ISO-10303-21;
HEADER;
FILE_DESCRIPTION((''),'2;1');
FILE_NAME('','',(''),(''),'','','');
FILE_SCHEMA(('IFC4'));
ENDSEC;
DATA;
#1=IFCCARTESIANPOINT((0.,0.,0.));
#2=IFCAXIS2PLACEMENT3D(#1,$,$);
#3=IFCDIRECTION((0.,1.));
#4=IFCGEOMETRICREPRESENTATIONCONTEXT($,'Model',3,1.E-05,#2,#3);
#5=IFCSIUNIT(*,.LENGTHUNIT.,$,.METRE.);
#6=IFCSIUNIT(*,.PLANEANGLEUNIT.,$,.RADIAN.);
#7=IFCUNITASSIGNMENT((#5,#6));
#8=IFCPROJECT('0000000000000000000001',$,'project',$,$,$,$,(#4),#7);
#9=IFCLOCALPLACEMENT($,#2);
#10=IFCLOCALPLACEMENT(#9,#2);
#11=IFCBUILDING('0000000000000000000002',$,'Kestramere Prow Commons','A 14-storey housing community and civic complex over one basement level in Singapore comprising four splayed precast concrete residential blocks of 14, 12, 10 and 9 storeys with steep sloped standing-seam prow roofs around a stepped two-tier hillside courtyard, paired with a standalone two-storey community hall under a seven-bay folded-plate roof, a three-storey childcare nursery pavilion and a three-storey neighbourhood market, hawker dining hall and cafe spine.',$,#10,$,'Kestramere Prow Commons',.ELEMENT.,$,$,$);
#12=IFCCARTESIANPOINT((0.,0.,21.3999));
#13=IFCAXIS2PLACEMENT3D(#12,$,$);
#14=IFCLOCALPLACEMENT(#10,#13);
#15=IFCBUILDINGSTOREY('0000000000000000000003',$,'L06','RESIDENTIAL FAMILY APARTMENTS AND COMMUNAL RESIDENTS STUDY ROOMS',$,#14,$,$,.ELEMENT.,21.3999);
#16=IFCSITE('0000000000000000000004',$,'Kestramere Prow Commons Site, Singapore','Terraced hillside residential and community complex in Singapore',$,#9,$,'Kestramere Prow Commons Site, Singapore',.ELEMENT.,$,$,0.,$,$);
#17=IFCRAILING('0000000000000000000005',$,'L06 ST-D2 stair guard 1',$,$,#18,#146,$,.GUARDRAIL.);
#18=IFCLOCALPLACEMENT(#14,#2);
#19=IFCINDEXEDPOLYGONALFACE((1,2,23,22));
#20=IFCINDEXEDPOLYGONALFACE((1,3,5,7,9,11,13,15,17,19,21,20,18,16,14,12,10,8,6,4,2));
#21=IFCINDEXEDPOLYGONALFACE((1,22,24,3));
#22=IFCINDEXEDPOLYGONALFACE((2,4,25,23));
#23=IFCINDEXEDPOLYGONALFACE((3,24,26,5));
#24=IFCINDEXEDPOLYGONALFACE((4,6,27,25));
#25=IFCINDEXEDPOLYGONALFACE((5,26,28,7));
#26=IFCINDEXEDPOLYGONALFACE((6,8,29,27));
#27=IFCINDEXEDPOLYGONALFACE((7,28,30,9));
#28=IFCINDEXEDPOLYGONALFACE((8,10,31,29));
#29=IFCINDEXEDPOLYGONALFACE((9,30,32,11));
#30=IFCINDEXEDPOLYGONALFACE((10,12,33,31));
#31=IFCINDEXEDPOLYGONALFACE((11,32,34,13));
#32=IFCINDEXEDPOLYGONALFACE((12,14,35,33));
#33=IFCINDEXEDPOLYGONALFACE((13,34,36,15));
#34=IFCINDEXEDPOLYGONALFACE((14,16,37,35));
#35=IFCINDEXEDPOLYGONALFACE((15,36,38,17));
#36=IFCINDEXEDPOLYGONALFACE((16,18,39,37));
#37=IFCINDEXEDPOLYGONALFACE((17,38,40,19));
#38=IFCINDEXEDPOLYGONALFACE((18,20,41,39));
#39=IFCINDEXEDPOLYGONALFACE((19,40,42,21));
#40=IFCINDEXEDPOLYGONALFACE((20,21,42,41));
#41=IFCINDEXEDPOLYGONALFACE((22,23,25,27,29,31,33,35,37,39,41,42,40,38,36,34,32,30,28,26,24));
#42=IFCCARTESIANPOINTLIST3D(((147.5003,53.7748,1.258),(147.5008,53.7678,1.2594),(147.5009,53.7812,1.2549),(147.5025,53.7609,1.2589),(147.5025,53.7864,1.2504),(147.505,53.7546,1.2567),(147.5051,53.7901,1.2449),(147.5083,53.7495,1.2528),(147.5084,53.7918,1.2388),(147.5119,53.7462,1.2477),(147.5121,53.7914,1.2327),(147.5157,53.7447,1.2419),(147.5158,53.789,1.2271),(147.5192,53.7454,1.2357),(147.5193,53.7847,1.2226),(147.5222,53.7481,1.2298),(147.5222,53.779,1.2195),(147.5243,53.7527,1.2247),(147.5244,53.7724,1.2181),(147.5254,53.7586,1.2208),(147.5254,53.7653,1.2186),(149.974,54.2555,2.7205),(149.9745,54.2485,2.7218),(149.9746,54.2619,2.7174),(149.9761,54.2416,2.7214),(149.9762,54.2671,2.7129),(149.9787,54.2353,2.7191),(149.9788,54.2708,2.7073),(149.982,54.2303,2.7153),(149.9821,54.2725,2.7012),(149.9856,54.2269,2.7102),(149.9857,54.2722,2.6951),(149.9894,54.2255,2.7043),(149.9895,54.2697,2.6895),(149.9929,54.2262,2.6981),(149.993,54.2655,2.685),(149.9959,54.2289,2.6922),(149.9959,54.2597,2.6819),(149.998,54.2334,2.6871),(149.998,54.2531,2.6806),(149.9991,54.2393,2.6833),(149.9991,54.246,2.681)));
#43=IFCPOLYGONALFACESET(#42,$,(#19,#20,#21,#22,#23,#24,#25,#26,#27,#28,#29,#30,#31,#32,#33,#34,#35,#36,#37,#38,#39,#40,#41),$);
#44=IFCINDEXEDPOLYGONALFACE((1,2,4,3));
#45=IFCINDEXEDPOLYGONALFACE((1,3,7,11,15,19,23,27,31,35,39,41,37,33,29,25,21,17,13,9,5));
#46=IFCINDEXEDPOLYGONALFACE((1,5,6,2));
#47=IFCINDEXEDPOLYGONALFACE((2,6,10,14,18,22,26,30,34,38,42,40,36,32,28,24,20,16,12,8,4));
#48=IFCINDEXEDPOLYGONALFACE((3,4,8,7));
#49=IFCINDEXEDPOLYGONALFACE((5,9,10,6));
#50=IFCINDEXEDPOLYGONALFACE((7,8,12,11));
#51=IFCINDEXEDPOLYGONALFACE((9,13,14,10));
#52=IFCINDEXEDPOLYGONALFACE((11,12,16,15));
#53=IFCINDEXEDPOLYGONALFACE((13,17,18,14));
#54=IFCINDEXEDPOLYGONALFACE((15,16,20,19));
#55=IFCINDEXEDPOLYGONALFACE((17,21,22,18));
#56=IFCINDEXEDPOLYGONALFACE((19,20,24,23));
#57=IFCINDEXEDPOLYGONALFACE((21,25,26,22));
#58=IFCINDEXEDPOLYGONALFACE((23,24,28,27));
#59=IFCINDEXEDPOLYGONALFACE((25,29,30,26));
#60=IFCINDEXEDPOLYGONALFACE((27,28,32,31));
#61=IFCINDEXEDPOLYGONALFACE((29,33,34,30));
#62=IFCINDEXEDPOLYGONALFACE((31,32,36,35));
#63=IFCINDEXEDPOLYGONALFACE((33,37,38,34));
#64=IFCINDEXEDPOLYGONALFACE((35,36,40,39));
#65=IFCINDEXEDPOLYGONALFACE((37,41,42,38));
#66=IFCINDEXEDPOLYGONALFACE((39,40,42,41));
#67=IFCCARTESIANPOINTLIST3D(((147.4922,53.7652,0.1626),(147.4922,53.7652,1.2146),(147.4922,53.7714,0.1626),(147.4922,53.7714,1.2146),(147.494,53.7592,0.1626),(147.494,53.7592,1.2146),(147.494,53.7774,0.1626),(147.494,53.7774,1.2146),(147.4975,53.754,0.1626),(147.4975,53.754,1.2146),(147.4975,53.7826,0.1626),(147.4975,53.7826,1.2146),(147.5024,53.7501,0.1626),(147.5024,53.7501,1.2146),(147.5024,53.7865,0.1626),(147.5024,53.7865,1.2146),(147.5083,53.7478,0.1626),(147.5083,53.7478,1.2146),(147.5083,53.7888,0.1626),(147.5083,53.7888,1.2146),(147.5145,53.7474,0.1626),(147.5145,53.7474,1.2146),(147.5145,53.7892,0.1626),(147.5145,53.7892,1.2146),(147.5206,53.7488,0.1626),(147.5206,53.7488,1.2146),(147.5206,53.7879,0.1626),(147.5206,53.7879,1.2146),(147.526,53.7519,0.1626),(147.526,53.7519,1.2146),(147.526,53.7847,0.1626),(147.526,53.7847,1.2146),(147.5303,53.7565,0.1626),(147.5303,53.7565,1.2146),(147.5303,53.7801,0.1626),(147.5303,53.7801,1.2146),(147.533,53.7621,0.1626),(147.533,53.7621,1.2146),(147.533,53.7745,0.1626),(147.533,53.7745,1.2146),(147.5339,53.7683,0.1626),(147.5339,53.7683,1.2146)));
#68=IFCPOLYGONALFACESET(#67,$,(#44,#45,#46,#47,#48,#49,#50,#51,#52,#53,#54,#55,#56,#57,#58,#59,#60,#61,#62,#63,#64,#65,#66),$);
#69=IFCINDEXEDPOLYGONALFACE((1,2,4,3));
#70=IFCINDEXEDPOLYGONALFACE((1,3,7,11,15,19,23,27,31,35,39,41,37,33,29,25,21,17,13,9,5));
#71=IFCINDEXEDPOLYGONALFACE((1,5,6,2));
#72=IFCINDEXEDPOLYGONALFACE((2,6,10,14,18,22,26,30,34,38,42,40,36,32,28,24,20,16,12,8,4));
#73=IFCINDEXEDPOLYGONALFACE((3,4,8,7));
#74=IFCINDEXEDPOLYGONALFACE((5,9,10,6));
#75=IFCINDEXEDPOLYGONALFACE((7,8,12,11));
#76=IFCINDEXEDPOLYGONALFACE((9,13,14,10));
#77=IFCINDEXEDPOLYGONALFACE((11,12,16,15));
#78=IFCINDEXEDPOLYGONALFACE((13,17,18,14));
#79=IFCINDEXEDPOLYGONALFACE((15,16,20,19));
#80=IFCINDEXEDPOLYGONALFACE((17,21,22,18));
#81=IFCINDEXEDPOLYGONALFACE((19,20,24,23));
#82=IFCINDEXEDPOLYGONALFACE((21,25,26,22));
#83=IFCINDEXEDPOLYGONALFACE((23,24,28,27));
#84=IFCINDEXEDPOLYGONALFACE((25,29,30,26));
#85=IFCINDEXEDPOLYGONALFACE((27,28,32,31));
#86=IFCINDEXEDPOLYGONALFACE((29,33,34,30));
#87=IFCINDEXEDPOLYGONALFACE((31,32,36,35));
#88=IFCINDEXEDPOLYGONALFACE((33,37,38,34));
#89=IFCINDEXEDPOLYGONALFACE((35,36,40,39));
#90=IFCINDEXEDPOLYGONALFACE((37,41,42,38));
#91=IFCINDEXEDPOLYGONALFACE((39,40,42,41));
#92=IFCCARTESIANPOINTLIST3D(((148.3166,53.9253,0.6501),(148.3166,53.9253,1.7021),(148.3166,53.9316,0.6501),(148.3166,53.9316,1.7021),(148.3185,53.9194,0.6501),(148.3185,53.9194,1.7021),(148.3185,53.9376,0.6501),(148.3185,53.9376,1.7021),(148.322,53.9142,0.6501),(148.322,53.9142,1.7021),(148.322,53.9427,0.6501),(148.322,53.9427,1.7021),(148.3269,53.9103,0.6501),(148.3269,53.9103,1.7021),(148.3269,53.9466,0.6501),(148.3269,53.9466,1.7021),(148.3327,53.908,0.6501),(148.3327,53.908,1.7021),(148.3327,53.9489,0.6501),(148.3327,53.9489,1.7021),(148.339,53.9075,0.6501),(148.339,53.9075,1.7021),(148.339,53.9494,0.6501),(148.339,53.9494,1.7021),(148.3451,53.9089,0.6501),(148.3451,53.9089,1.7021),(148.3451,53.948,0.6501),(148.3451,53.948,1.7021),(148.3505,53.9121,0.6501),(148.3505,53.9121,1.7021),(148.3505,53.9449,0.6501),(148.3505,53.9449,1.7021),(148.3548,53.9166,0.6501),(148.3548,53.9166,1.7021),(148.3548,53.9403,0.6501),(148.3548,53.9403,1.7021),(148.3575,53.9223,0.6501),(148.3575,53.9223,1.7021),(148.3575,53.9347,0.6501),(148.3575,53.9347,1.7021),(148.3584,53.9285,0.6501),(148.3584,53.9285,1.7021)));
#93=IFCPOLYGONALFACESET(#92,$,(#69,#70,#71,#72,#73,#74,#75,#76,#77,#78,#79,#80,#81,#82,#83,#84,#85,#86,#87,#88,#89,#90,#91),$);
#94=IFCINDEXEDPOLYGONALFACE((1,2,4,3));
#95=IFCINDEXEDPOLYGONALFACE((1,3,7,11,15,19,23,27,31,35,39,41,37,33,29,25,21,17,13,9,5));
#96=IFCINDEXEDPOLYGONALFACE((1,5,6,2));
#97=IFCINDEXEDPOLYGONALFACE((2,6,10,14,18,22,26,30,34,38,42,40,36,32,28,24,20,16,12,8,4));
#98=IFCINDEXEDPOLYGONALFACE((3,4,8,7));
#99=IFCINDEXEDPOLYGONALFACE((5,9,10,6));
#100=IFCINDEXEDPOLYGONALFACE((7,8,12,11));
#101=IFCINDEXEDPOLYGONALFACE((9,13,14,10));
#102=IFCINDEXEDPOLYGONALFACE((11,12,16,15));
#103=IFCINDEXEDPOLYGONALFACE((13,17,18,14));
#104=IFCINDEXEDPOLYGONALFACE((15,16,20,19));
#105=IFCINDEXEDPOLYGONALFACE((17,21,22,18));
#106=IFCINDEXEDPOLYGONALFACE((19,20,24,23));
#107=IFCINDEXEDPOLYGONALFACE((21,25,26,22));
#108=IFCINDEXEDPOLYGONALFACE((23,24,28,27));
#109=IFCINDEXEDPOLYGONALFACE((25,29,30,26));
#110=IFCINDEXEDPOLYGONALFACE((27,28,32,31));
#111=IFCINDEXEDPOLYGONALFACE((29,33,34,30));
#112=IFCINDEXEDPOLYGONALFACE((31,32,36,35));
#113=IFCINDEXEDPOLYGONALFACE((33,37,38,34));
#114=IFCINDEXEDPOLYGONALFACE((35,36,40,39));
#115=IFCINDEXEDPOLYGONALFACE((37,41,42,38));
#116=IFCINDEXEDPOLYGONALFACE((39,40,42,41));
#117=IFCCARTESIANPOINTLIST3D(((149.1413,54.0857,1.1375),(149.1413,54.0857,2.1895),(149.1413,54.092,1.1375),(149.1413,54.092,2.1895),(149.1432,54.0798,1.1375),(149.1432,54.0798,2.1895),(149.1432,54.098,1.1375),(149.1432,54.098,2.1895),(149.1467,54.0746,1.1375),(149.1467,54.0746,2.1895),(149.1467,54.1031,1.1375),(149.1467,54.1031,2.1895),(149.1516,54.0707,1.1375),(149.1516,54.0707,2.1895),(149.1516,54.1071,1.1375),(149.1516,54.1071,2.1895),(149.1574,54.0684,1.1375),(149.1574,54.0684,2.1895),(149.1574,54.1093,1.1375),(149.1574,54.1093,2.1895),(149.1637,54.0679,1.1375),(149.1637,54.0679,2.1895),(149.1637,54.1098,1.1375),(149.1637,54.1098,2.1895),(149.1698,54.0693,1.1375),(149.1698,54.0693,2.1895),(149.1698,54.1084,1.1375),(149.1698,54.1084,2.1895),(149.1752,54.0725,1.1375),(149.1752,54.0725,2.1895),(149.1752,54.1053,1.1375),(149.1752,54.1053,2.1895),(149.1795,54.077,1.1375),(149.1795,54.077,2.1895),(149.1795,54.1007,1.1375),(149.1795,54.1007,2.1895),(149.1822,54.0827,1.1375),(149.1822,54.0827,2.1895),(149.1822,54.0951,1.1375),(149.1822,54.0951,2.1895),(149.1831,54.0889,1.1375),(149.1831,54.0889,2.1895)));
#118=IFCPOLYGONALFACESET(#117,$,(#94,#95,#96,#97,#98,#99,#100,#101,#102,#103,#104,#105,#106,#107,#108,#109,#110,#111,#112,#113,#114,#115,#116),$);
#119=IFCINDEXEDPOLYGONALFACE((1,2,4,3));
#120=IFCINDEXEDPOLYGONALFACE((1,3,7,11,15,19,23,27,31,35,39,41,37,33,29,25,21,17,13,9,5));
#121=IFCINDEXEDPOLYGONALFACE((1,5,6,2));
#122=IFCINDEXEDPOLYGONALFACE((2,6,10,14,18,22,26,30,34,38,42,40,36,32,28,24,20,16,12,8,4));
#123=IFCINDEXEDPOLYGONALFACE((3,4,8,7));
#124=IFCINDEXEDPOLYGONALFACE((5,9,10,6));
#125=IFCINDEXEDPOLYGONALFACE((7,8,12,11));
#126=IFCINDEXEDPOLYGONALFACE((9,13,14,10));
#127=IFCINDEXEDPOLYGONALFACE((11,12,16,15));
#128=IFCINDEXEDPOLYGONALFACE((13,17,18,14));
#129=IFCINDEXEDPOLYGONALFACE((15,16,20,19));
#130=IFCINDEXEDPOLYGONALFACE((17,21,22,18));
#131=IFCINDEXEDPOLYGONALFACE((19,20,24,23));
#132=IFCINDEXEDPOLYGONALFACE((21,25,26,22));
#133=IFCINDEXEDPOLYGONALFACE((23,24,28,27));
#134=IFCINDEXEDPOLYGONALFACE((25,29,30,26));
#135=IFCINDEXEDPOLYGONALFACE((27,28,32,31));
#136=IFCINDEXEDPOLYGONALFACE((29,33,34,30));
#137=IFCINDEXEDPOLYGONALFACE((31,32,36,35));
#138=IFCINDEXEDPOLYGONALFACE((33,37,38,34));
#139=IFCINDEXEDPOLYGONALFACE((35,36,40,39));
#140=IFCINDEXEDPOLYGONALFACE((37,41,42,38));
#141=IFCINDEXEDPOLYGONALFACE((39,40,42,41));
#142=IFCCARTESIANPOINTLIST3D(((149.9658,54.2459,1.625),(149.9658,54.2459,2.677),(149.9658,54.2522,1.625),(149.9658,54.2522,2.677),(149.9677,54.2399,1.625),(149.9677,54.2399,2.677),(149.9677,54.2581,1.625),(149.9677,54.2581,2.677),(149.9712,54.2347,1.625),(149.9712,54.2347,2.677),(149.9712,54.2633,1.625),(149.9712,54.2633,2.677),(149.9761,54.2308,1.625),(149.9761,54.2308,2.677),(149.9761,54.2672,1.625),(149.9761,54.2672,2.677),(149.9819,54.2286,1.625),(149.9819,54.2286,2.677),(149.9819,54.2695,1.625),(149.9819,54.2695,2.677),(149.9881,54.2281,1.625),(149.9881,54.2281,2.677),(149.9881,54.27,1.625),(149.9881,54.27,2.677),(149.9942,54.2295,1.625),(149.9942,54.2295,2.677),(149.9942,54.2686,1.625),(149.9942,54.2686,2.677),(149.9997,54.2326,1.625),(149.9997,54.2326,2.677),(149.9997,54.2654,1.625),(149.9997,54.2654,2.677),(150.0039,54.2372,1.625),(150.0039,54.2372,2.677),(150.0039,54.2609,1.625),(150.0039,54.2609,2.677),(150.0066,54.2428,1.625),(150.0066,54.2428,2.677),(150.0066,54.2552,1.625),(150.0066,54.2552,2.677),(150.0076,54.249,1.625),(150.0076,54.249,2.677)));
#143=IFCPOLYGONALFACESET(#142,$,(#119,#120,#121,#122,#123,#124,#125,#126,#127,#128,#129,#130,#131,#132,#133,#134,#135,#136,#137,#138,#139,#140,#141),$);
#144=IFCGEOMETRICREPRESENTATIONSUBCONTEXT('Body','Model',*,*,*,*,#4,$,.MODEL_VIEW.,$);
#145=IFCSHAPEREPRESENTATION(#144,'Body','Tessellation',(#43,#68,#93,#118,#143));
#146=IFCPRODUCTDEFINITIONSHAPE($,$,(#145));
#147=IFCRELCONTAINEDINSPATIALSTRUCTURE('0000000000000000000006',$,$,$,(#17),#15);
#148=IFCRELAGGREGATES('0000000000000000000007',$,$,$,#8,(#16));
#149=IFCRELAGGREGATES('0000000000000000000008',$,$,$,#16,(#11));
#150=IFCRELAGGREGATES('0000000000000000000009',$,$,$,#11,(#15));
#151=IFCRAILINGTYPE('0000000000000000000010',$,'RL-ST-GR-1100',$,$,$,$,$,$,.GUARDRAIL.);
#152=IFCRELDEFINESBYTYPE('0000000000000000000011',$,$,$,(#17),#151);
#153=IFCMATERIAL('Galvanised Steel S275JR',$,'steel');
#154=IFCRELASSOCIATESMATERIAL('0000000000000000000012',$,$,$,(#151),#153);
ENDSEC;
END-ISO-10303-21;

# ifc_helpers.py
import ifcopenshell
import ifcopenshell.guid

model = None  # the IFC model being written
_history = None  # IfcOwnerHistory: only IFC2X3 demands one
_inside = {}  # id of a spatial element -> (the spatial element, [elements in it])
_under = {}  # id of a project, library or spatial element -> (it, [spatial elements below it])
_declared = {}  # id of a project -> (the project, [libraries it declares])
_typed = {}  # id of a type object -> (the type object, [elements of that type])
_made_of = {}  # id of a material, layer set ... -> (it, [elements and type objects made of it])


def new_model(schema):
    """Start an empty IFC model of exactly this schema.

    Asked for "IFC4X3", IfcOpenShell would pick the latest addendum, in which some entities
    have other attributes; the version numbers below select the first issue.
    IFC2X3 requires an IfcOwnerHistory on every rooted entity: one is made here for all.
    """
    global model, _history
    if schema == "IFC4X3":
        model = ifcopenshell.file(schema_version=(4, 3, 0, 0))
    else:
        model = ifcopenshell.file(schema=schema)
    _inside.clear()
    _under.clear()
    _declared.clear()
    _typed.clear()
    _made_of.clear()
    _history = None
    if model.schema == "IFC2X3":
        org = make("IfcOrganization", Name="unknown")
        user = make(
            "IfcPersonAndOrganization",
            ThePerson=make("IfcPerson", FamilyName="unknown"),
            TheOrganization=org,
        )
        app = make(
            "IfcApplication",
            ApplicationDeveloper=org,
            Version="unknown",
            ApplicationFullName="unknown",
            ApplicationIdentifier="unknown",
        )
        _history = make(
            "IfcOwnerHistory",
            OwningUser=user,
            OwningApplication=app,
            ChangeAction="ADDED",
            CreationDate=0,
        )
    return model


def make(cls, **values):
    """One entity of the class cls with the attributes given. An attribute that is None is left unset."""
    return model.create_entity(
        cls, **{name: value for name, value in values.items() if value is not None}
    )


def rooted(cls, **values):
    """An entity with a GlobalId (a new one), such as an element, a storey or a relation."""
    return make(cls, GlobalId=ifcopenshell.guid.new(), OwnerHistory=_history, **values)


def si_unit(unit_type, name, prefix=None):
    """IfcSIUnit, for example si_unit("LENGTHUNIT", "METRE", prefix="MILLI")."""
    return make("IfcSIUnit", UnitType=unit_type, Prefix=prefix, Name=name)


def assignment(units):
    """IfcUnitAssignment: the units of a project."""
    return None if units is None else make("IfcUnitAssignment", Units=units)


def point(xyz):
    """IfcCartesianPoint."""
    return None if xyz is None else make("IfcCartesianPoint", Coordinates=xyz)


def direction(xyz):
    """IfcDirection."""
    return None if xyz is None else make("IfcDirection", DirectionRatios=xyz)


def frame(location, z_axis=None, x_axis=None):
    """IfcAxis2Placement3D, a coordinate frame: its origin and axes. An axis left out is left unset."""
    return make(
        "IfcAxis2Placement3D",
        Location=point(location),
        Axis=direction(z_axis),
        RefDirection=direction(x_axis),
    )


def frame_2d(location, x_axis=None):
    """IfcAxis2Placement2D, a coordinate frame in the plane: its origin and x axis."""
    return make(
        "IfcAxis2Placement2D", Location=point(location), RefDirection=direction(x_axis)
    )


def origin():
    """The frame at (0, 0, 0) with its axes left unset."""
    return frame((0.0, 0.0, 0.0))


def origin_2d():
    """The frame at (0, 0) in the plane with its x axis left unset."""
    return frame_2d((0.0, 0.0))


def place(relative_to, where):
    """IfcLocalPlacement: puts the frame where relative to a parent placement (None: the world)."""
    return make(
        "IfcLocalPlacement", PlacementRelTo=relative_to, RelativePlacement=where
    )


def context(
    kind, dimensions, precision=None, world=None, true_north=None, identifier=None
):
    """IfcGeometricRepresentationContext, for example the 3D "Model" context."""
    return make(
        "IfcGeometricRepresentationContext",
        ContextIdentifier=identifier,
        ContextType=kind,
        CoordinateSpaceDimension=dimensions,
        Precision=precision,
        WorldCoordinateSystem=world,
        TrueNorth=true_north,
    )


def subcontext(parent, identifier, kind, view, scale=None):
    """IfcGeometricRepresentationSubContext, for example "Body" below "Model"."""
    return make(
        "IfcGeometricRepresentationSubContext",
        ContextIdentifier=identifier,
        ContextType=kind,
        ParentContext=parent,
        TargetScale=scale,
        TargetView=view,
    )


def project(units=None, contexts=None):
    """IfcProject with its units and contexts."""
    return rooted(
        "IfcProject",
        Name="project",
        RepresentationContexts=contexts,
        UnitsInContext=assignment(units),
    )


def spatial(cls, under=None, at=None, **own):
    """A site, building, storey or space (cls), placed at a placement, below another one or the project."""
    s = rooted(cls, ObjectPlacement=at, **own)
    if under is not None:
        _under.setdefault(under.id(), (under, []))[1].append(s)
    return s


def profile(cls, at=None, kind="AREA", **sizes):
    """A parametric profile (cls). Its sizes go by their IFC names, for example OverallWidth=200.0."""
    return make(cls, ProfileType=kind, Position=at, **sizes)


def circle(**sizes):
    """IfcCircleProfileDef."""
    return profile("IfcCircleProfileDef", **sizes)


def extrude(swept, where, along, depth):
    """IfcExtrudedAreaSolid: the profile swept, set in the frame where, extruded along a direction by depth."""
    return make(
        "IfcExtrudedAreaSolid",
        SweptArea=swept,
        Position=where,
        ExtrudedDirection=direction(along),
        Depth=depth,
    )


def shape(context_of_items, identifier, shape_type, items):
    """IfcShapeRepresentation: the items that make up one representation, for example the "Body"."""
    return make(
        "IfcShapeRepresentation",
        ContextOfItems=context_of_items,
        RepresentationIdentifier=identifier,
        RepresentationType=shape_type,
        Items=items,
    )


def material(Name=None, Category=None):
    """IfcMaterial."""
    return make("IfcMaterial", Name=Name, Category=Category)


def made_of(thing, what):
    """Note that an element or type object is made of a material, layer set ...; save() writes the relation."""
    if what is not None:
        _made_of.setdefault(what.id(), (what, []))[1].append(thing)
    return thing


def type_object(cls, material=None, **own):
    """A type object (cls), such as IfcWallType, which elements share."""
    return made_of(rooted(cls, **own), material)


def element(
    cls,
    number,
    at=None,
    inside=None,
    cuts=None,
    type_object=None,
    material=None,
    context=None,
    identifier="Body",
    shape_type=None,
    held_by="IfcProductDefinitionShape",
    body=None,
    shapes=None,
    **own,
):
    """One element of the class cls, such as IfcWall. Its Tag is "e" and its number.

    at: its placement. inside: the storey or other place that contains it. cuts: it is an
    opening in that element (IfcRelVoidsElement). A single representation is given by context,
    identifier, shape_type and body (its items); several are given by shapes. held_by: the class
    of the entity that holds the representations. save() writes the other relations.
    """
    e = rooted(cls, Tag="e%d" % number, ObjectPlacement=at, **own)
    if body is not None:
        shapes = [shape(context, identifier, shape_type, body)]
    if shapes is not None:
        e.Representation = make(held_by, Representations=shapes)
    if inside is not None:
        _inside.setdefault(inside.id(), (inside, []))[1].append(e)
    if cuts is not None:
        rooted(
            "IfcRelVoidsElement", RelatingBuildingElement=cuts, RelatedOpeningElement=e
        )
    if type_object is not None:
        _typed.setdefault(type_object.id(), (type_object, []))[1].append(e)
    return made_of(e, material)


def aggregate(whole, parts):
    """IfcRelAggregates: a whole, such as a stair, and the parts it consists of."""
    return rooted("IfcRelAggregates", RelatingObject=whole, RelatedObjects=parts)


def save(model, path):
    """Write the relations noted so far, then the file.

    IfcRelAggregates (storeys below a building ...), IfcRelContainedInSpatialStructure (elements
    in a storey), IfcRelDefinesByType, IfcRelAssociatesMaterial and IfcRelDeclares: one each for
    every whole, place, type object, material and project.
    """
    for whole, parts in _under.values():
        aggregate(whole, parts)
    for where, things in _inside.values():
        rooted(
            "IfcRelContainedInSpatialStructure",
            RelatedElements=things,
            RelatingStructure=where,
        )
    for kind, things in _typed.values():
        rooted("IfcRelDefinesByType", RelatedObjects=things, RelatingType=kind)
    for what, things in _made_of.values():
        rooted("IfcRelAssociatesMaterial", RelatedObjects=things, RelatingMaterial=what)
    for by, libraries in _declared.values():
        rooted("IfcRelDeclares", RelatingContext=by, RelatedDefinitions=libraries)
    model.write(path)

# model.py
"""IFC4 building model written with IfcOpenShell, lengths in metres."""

from ifc_helpers import new_model, si_unit, direction, frame, origin, origin_2d, place, context, subcontext, project, spatial, circle, extrude, material, type_object, element, save


model = new_model("IFC4")

# Units and contexts
model_context = context("Model", 3, precision=1e-05, world=origin(), true_north=direction((0.0, 1.0)))
body_context = subcontext(model_context, "Body", "Model", "MODEL_VIEW")
ifc_project = project(units=[si_unit("LENGTHUNIT", "METRE"), si_unit("PLANEANGLEUNIT", "RADIAN")], contexts=[model_context])

# Site, building, storey
site_placement = place(None, origin())
site = spatial("IfcSite", under=ifc_project, at=site_placement, Name="Kestramere Prow Commons Site, Singapore", Description="Terraced hillside residential and community complex in Singapore", LongName="Kestramere Prow Commons Site, Singapore", CompositionType="ELEMENT", RefElevation=0.0)
building_placement = place(site_placement, origin())
building = spatial("IfcBuilding", under=site, at=building_placement, Name="Kestramere Prow Commons", Description="A 14-storey housing community and civic complex over one basement level in Singapore comprising four splayed precast concrete residential blocks of 14, 12, 10 and 9 storeys with steep sloped standing-seam prow roofs around a stepped two-tier hillside courtyard, paired with a standalone two-storey community hall under a seven-bay folded-plate roof, a three-storey childcare nursery pavilion and a three-storey neighbourhood market, hawker dining hall and cafe spine.", LongName="Kestramere Prow Commons", CompositionType="ELEMENT")
storey_placement = place(building_placement, frame((0.0, 0.0, 21.3999)))
storey = spatial("IfcBuildingStorey", under=building, at=storey_placement, Name="L06", Description="RESIDENTIAL FAMILY APARTMENTS AND COMMUNAL RESIDENTS STUDY ROOMS", CompositionType="ELEMENT", Elevation=21.3999)

# Railing
ifc_material_1 = material(Name="Galvanised Steel S275JR", Category="steel")
railing_type_1 = type_object("IfcRailingType", Name="RL-ST-GR-1100", PredefinedType="GUARDRAIL", material=ifc_material_1)
railing_1_placement = place(storey_placement, frame((147.5129, 53.7683, 0.1626)))
element("IfcRailing", 1, at=railing_1_placement, inside=storey, type_object=railing_type_1, Name="L06 ST-D2 stair guard 1", PredefinedType="GUARDRAIL", context=body_context, shape_type="SweptSolid", body=[
    extrude(circle(Radius=0.0239, at=origin_2d()), frame((0.0, 0.0, 1.0762), z_axis=(0.84902, 0.164994, 0.501938), x_axis=(-0.190766, 0.981636, 0.0)), (0.0, 0.0, 1.0), 2.9136),
    extrude(circle(Radius=0.021, at=origin_2d()), origin(), (0.0, 0.0, 1.0), 1.052),
    extrude(circle(Radius=0.021, at=origin_2d()), frame((0.8245, 0.1602, 0.4875)), (0.0, 0.0, 1.0), 1.052),
    extrude(circle(Radius=0.021, at=origin_2d()), frame((1.6492, 0.3206, 0.9749)), (0.0, 0.0, 1.0), 1.052),
    extrude(circle(Radius=0.021, at=origin_2d()), frame((2.4736, 0.4807, 1.4624)), (0.0, 0.0, 1.0), 1.052),
])

save(model, "model.ifc")
